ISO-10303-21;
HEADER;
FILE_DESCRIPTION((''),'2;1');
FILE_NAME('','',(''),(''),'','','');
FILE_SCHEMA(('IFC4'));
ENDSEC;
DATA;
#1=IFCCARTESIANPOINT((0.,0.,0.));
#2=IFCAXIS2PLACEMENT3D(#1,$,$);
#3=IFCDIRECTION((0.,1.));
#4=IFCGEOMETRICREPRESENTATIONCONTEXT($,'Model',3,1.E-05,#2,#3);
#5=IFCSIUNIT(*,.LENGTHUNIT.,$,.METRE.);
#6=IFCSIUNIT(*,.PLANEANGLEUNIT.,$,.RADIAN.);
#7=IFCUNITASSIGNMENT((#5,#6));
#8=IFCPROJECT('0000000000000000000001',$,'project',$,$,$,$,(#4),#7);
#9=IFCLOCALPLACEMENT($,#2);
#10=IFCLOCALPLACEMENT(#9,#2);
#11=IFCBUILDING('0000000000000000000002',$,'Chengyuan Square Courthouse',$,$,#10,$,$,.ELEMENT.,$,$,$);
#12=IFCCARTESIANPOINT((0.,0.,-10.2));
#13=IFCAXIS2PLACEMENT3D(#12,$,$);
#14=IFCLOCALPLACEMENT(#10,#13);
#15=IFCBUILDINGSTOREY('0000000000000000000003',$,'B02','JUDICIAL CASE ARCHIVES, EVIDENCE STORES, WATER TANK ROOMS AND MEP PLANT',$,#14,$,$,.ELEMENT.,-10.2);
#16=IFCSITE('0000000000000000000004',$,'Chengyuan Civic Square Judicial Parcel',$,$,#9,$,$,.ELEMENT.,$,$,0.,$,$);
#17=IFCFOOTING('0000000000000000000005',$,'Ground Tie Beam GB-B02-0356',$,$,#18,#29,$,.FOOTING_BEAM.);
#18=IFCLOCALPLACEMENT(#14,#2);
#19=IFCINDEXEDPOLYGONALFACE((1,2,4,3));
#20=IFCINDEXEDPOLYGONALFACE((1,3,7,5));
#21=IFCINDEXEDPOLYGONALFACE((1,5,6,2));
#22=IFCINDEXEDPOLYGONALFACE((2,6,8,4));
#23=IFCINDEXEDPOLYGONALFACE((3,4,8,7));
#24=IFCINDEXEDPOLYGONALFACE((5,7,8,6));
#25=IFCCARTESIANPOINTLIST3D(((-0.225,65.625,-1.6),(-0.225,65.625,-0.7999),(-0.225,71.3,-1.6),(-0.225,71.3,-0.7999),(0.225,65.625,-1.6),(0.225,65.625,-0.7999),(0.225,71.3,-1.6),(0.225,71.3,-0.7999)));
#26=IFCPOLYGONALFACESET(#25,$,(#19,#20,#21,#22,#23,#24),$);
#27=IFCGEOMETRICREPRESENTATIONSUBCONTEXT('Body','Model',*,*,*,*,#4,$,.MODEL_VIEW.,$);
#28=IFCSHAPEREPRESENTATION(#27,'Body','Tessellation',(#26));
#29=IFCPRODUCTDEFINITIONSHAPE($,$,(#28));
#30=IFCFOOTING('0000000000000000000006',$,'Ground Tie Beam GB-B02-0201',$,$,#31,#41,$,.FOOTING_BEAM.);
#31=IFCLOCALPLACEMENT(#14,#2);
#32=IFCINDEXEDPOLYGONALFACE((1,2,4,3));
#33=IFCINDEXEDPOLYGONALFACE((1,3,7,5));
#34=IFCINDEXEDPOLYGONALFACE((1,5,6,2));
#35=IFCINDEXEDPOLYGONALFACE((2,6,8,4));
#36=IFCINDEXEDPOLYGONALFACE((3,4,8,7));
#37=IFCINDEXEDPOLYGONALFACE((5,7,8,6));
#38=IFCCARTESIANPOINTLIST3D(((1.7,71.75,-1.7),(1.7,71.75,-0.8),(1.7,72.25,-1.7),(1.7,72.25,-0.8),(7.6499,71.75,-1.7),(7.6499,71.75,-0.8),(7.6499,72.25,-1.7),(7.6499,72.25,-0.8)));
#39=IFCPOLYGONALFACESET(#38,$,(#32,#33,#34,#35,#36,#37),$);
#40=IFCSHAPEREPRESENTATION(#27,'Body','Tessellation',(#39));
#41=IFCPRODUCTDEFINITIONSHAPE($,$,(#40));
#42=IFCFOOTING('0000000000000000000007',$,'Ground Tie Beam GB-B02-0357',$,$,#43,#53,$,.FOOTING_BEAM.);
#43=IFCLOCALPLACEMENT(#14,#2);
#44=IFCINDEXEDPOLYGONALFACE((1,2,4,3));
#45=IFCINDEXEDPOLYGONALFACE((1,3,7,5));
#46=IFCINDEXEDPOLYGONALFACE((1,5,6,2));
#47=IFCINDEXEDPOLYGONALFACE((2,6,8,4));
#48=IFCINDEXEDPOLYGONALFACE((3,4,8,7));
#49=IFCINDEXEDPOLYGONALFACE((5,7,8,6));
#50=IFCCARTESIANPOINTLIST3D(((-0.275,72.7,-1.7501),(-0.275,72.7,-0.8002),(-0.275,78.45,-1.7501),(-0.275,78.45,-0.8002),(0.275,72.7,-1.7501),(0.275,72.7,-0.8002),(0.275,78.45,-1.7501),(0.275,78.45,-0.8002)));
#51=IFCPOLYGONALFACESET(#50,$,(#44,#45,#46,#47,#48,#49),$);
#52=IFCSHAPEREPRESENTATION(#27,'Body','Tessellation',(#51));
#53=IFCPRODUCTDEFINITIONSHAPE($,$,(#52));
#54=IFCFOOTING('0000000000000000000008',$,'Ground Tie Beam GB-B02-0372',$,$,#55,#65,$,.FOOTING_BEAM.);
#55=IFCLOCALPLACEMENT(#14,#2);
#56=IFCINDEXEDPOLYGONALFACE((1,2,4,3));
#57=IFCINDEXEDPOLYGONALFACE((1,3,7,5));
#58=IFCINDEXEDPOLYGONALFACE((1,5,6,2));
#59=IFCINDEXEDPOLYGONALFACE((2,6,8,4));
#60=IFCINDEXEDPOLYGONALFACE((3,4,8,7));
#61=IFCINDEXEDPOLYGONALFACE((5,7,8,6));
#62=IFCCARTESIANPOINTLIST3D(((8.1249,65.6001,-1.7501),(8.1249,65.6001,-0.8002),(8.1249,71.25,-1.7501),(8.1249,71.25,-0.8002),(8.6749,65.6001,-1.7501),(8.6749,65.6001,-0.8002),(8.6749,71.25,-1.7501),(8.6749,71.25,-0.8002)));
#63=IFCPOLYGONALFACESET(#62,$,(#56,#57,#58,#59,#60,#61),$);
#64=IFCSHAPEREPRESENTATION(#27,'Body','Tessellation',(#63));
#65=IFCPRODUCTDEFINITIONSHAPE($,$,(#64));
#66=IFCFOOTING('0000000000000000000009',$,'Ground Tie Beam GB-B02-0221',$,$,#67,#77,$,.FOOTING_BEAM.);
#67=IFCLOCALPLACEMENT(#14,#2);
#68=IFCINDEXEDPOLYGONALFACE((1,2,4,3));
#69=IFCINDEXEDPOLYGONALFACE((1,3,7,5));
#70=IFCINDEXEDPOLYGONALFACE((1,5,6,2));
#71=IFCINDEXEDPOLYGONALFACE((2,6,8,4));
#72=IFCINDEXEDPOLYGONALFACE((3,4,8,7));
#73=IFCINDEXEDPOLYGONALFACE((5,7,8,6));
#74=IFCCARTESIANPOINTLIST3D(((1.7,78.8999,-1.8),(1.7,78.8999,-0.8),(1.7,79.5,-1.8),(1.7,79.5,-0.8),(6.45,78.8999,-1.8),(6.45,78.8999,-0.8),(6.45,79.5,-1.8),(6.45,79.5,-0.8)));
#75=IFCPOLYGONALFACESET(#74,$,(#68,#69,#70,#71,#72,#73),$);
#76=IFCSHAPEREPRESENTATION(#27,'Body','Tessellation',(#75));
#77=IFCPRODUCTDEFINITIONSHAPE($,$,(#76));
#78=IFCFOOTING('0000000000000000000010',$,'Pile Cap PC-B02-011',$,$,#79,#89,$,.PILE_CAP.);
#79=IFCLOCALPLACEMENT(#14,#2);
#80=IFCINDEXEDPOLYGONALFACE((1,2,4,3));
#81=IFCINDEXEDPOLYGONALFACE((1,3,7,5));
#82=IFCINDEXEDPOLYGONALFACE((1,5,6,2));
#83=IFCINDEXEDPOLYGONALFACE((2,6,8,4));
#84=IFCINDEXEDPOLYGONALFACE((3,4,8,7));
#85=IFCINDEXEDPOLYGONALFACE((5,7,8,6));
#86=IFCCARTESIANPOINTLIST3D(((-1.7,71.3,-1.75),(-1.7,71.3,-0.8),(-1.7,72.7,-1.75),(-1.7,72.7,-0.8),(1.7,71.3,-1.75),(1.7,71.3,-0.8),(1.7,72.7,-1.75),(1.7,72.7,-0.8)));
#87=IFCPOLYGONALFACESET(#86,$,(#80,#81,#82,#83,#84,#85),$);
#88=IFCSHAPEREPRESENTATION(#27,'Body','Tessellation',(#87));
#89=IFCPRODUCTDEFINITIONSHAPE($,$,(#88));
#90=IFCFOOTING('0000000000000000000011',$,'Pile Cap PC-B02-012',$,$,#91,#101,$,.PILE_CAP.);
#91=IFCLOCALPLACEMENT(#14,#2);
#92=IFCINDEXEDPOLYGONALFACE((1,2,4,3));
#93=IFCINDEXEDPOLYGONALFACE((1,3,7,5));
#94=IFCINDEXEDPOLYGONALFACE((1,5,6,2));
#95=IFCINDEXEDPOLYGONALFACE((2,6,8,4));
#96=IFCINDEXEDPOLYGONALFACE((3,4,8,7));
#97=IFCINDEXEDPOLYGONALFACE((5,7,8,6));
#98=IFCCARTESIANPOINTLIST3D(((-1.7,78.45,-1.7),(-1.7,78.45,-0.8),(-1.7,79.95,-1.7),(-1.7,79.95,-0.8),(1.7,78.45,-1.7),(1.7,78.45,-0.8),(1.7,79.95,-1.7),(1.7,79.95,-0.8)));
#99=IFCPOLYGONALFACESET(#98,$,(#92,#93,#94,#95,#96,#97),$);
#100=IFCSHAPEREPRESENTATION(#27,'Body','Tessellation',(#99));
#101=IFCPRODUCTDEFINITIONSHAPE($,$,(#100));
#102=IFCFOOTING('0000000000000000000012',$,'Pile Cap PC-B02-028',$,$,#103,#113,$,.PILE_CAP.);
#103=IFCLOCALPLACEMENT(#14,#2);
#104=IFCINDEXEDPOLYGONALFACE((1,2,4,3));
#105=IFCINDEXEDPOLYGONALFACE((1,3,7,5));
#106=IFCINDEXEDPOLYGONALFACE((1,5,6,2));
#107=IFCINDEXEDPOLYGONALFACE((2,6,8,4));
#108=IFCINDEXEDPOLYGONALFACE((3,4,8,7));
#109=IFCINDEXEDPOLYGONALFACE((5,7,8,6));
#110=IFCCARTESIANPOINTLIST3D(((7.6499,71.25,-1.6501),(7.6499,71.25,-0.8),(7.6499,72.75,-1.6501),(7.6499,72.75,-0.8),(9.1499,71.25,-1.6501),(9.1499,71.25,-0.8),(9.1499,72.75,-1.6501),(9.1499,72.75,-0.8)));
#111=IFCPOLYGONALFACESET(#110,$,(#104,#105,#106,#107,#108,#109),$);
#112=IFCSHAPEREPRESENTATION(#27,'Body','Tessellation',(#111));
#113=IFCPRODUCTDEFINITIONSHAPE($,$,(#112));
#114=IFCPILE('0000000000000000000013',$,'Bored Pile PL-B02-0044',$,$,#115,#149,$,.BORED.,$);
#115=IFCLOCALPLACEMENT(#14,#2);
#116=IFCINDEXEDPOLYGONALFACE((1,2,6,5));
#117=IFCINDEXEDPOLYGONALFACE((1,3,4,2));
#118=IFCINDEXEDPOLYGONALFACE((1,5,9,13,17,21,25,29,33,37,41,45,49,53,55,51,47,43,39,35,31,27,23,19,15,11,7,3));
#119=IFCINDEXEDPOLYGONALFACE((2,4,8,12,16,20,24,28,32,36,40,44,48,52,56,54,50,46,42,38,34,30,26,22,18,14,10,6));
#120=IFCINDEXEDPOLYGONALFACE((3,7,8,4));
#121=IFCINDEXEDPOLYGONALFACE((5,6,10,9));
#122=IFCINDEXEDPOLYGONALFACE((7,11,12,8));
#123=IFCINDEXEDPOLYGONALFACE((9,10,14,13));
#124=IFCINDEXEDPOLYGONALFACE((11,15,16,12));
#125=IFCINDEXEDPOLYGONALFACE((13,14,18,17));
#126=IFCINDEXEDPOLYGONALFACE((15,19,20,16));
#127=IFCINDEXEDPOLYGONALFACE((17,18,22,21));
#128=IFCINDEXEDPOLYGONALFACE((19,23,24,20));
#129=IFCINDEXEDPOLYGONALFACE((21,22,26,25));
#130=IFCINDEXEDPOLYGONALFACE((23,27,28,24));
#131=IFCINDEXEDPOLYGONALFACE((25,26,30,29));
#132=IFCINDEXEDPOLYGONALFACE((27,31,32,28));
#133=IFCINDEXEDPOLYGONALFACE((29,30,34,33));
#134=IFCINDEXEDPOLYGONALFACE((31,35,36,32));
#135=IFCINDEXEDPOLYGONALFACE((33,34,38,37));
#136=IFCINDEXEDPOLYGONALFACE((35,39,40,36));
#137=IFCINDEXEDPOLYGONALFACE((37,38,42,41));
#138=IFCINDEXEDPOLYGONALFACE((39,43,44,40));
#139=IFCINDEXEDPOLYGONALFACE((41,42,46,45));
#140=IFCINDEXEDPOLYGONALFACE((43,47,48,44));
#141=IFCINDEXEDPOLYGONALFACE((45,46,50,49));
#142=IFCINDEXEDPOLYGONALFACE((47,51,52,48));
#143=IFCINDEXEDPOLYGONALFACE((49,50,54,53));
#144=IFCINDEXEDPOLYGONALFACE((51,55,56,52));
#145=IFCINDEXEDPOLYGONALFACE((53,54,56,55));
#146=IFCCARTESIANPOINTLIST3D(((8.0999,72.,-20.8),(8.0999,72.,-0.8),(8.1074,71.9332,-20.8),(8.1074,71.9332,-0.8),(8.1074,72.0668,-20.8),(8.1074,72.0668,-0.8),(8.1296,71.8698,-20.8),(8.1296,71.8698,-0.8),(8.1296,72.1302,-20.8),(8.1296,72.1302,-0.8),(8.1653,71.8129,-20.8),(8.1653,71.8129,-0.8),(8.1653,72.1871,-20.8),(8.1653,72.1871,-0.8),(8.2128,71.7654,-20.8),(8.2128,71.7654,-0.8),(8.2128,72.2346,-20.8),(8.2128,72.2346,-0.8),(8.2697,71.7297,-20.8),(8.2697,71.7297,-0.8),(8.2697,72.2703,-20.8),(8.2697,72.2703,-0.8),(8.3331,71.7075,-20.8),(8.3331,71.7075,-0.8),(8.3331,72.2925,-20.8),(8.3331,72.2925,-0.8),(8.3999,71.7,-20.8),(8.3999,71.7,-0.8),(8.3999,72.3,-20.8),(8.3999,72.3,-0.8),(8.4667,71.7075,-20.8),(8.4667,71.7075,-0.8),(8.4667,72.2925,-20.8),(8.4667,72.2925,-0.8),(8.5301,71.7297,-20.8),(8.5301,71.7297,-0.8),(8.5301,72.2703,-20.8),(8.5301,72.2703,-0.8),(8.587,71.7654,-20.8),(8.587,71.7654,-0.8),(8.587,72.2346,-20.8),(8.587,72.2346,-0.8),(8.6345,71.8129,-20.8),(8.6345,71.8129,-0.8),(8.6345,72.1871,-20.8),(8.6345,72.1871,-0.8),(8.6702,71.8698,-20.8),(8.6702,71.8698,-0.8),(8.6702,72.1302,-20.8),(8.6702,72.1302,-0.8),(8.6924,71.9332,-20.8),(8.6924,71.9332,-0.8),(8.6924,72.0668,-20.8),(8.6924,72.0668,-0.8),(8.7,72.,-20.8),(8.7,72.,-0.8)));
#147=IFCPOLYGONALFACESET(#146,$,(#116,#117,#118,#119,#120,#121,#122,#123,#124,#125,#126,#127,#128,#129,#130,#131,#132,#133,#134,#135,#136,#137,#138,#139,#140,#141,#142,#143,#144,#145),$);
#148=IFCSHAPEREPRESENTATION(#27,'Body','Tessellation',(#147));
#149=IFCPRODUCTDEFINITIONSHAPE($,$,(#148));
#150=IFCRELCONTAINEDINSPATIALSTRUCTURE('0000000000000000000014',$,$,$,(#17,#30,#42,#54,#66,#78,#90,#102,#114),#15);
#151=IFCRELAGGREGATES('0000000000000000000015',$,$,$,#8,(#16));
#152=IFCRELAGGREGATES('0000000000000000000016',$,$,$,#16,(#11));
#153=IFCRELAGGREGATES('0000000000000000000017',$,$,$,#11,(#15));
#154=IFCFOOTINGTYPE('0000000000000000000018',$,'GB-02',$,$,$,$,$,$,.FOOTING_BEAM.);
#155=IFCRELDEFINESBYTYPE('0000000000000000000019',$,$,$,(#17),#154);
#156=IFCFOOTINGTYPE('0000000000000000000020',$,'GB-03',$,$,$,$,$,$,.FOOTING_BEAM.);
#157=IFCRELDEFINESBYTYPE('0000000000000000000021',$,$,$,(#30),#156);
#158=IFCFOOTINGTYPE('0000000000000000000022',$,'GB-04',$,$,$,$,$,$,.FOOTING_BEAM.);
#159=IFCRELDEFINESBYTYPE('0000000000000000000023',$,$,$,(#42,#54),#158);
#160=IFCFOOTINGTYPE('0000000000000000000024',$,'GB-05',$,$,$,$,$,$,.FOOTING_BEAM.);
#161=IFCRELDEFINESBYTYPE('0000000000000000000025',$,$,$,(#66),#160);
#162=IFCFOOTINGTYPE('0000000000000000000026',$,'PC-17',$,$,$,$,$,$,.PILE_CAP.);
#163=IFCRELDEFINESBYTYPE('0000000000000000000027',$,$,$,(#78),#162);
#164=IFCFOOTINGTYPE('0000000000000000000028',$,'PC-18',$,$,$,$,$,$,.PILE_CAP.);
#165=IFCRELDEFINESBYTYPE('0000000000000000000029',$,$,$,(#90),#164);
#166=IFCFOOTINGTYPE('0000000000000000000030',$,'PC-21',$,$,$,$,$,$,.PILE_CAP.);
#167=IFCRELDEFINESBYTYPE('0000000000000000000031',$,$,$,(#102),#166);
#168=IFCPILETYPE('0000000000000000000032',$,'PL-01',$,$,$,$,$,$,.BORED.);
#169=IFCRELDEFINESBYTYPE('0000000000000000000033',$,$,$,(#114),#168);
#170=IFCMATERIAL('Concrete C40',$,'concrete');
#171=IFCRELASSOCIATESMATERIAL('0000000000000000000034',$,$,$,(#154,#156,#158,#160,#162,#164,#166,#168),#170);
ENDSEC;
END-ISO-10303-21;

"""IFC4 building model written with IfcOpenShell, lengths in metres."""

from ifc_helpers import new_model, si_unit, direction, frame, origin, origin_2d, place, context, subcontext, project, spatial, rectangle, circle, extrude, material, material_profile, profile_set, type_object, element, save


model = new_model("IFC4")

# Units and contexts
model_context = context("Model", 3, precision=1e-05, world=origin(), true_north=direction((0.0, 1.0)))
body_context = subcontext(model_context, "Body", "Model", "MODEL_VIEW")
ifc_project = project(units=[si_unit("LENGTHUNIT", "METRE"), si_unit("PLANEANGLEUNIT", "RADIAN")], contexts=[model_context])

# Site, building, storey
site_placement = place(None, origin())
site = spatial("IfcSite", under=ifc_project, at=site_placement, Name="Chengyuan Civic Square Judicial Parcel", CompositionType="ELEMENT", RefElevation=0.0)
building_placement = place(site_placement, origin())
building = spatial("IfcBuilding", under=site, at=building_placement, Name="Chengyuan Square Courthouse", CompositionType="ELEMENT")
storey_placement = place(building_placement, frame((0.0, 0.0, -10.2)))
storey = spatial("IfcBuildingStorey", under=building, at=storey_placement, Name="B02", Description="JUDICIAL CASE ARCHIVES, EVIDENCE STORES, WATER TANK ROOMS AND MEP PLANT", CompositionType="ELEMENT", Elevation=-10.2)

# Footings
ifc_material_1 = material(Name="Concrete C40", Category="concrete")
ifc_material_profile_1 = material_profile(ifc_material_1, rectangle(XDim=0.45, YDim=0.8, at=origin_2d()), Name="GB-450x800")
ifc_profile_set_1 = profile_set([ifc_material_profile_1], Name="Concrete C40")
footing_type_1 = type_object("IfcFootingType", Name="GB-02", PredefinedType="FOOTING_BEAM", material=ifc_profile_set_1)
footing_1_placement = place(storey_placement, frame((0.0, 65.625, -1.2), z_axis=(0.0, 1.0, 0.0), x_axis=(-1.0, 0.0, 0.0)))
element("IfcFooting", 1, at=footing_1_placement, inside=storey, type_object=footing_type_1, Name="Ground Tie Beam GB-B02-0356", PredefinedType="FOOTING_BEAM", context=body_context, shape_type="SweptSolid", body=[
    extrude(rectangle(XDim=0.45, YDim=0.8, at=origin_2d()), origin(), (0.0, 0.0, 1.0), 5.675),
])
ifc_material_profile_2 = material_profile(ifc_material_1, rectangle(XDim=0.5, YDim=0.8999, at=origin_2d()), Name="GB-500x900")
ifc_profile_set_2 = profile_set([ifc_material_profile_2], Name="Concrete C40")
footing_type_2 = type_object("IfcFootingType", Name="GB-03", PredefinedType="FOOTING_BEAM", material=ifc_profile_set_2)
footing_2_placement = place(storey_placement, frame((1.7, 72.0, -1.25), z_axis=(1.0, 0.0, 0.0), x_axis=(0.0, 1.0, 0.0)))
element("IfcFooting", 2, at=footing_2_placement, inside=storey, type_object=footing_type_2, Name="Ground Tie Beam GB-B02-0201", PredefinedType="FOOTING_BEAM", context=body_context, shape_type="SweptSolid", body=[
    extrude(rectangle(XDim=0.5, YDim=0.8999, at=origin_2d()), origin(), (0.0, 0.0, 1.0), 5.95),
])
ifc_material_profile_3 = material_profile(ifc_material_1, rectangle(XDim=0.55, YDim=0.95, at=origin_2d()), Name="GB-550x950")
ifc_profile_set_3 = profile_set([ifc_material_profile_3], Name="Concrete C40")
footing_type_3 = type_object("IfcFootingType", Name="GB-04", PredefinedType="FOOTING_BEAM", material=ifc_profile_set_3)
footing_3_placement = place(storey_placement, frame((0.0, 72.7, -1.2751), z_axis=(0.0, 1.0, 0.0), x_axis=(-1.0, 0.0, 0.0)))
element("IfcFooting", 3, at=footing_3_placement, inside=storey, type_object=footing_type_3, Name="Ground Tie Beam GB-B02-0357", PredefinedType="FOOTING_BEAM", context=body_context, shape_type="SweptSolid", body=[
    extrude(rectangle(XDim=0.55, YDim=0.95, at=origin_2d()), origin(), (0.0, 0.0, 1.0), 5.75),
])
footing_4_placement = place(storey_placement, frame((8.3999, 65.6001, -1.2751), z_axis=(0.0, 1.0, 0.0), x_axis=(-1.0, 0.0, 0.0)))
element("IfcFooting", 4, at=footing_4_placement, inside=storey, type_object=footing_type_3, Name="Ground Tie Beam GB-B02-0372", PredefinedType="FOOTING_BEAM", context=body_context, shape_type="SweptSolid", body=[
    extrude(rectangle(XDim=0.55, YDim=0.95, at=origin_2d()), origin(), (0.0, 0.0, 1.0), 5.6499),
])
ifc_material_profile_4 = material_profile(ifc_material_1, rectangle(XDim=0.6001, YDim=1.0, at=origin_2d()), Name="GB-600x1000")
ifc_profile_set_4 = profile_set([ifc_material_profile_4], Name="Concrete C40")
footing_type_4 = type_object("IfcFootingType", Name="GB-05", PredefinedType="FOOTING_BEAM", material=ifc_profile_set_4)
footing_5_placement = place(storey_placement, frame((1.7, 79.2, -1.3), z_axis=(1.0, 0.0, 0.0), x_axis=(0.0, 1.0, 0.0)))
element("IfcFooting", 5, at=footing_5_placement, inside=storey, type_object=footing_type_4, Name="Ground Tie Beam GB-B02-0221", PredefinedType="FOOTING_BEAM", context=body_context, shape_type="SweptSolid", body=[
    extrude(rectangle(XDim=0.6001, YDim=1.0, at=origin_2d()), origin(), (0.0, 0.0, 1.0), 4.75),
])
footing_type_5 = type_object("IfcFootingType", Name="PC-17", PredefinedType="PILE_CAP", material=ifc_material_1)
footing_6_placement = place(storey_placement, frame((0.0, 72.0, -1.75), z_axis=(0.0, 0.0, 1.0), x_axis=(1.0, 0.0, 0.0)))
element("IfcFooting", 6, at=footing_6_placement, inside=storey, type_object=footing_type_5, Name="Pile Cap PC-B02-011", PredefinedType="PILE_CAP", context=body_context, shape_type="SweptSolid", body=[
    extrude(rectangle(XDim=3.3999, YDim=1.3999, at=origin_2d()), origin(), (0.0, 0.0, 1.0), 0.95),
])
footing_type_6 = type_object("IfcFootingType", Name="PC-18", PredefinedType="PILE_CAP", material=ifc_material_1)
footing_7_placement = place(storey_placement, frame((0.0, 79.2, -1.7), z_axis=(0.0, 0.0, 1.0), x_axis=(1.0, 0.0, 0.0)))
element("IfcFooting", 7, at=footing_7_placement, inside=storey, type_object=footing_type_6, Name="Pile Cap PC-B02-012", PredefinedType="PILE_CAP", context=body_context, shape_type="SweptSolid", body=[
    extrude(rectangle(XDim=3.3999, YDim=1.5, at=origin_2d()), origin(), (0.0, 0.0, 1.0), 0.8999),
])
footing_type_7 = type_object("IfcFootingType", Name="PC-21", PredefinedType="PILE_CAP", material=ifc_material_1)
footing_8_placement = place(storey_placement, frame((8.3999, 72.0, -1.6501), z_axis=(0.0, 0.0, 1.0), x_axis=(1.0, 0.0, 0.0)))
element("IfcFooting", 8, at=footing_8_placement, inside=storey, type_object=footing_type_7, Name="Pile Cap PC-B02-028", PredefinedType="PILE_CAP", context=body_context, shape_type="SweptSolid", body=[
    extrude(rectangle(XDim=1.5, YDim=1.5, at=origin_2d()), origin(), (0.0, 0.0, 1.0), 0.8501),
])

# Pile
ifc_material_profile_5 = material_profile(ifc_material_1, circle(Radius=0.3, at=origin_2d()), Name="BORED PILE D600")
ifc_profile_set_5 = profile_set([ifc_material_profile_5], Name="Concrete C40")
pile_type_1 = type_object("IfcPileType", Name="PL-01", PredefinedType="BORED", material=ifc_profile_set_5)
pile_1_placement = place(storey_placement, frame((8.3999, 72.0, -0.8), z_axis=(0.0, 0.0, -1.0), x_axis=(1.0, 0.0, 0.0)))
element("IfcPile", 9, at=pile_1_placement, inside=storey, type_object=pile_type_1, Name="Bored Pile PL-B02-0044", PredefinedType="BORED", context=body_context, shape_type="SweptSolid", body=[
    extrude(circle(Radius=0.3, at=origin_2d()), origin(), (0.0, 0.0, 1.0), 20.0),
])

save(model, "model.ifc")
